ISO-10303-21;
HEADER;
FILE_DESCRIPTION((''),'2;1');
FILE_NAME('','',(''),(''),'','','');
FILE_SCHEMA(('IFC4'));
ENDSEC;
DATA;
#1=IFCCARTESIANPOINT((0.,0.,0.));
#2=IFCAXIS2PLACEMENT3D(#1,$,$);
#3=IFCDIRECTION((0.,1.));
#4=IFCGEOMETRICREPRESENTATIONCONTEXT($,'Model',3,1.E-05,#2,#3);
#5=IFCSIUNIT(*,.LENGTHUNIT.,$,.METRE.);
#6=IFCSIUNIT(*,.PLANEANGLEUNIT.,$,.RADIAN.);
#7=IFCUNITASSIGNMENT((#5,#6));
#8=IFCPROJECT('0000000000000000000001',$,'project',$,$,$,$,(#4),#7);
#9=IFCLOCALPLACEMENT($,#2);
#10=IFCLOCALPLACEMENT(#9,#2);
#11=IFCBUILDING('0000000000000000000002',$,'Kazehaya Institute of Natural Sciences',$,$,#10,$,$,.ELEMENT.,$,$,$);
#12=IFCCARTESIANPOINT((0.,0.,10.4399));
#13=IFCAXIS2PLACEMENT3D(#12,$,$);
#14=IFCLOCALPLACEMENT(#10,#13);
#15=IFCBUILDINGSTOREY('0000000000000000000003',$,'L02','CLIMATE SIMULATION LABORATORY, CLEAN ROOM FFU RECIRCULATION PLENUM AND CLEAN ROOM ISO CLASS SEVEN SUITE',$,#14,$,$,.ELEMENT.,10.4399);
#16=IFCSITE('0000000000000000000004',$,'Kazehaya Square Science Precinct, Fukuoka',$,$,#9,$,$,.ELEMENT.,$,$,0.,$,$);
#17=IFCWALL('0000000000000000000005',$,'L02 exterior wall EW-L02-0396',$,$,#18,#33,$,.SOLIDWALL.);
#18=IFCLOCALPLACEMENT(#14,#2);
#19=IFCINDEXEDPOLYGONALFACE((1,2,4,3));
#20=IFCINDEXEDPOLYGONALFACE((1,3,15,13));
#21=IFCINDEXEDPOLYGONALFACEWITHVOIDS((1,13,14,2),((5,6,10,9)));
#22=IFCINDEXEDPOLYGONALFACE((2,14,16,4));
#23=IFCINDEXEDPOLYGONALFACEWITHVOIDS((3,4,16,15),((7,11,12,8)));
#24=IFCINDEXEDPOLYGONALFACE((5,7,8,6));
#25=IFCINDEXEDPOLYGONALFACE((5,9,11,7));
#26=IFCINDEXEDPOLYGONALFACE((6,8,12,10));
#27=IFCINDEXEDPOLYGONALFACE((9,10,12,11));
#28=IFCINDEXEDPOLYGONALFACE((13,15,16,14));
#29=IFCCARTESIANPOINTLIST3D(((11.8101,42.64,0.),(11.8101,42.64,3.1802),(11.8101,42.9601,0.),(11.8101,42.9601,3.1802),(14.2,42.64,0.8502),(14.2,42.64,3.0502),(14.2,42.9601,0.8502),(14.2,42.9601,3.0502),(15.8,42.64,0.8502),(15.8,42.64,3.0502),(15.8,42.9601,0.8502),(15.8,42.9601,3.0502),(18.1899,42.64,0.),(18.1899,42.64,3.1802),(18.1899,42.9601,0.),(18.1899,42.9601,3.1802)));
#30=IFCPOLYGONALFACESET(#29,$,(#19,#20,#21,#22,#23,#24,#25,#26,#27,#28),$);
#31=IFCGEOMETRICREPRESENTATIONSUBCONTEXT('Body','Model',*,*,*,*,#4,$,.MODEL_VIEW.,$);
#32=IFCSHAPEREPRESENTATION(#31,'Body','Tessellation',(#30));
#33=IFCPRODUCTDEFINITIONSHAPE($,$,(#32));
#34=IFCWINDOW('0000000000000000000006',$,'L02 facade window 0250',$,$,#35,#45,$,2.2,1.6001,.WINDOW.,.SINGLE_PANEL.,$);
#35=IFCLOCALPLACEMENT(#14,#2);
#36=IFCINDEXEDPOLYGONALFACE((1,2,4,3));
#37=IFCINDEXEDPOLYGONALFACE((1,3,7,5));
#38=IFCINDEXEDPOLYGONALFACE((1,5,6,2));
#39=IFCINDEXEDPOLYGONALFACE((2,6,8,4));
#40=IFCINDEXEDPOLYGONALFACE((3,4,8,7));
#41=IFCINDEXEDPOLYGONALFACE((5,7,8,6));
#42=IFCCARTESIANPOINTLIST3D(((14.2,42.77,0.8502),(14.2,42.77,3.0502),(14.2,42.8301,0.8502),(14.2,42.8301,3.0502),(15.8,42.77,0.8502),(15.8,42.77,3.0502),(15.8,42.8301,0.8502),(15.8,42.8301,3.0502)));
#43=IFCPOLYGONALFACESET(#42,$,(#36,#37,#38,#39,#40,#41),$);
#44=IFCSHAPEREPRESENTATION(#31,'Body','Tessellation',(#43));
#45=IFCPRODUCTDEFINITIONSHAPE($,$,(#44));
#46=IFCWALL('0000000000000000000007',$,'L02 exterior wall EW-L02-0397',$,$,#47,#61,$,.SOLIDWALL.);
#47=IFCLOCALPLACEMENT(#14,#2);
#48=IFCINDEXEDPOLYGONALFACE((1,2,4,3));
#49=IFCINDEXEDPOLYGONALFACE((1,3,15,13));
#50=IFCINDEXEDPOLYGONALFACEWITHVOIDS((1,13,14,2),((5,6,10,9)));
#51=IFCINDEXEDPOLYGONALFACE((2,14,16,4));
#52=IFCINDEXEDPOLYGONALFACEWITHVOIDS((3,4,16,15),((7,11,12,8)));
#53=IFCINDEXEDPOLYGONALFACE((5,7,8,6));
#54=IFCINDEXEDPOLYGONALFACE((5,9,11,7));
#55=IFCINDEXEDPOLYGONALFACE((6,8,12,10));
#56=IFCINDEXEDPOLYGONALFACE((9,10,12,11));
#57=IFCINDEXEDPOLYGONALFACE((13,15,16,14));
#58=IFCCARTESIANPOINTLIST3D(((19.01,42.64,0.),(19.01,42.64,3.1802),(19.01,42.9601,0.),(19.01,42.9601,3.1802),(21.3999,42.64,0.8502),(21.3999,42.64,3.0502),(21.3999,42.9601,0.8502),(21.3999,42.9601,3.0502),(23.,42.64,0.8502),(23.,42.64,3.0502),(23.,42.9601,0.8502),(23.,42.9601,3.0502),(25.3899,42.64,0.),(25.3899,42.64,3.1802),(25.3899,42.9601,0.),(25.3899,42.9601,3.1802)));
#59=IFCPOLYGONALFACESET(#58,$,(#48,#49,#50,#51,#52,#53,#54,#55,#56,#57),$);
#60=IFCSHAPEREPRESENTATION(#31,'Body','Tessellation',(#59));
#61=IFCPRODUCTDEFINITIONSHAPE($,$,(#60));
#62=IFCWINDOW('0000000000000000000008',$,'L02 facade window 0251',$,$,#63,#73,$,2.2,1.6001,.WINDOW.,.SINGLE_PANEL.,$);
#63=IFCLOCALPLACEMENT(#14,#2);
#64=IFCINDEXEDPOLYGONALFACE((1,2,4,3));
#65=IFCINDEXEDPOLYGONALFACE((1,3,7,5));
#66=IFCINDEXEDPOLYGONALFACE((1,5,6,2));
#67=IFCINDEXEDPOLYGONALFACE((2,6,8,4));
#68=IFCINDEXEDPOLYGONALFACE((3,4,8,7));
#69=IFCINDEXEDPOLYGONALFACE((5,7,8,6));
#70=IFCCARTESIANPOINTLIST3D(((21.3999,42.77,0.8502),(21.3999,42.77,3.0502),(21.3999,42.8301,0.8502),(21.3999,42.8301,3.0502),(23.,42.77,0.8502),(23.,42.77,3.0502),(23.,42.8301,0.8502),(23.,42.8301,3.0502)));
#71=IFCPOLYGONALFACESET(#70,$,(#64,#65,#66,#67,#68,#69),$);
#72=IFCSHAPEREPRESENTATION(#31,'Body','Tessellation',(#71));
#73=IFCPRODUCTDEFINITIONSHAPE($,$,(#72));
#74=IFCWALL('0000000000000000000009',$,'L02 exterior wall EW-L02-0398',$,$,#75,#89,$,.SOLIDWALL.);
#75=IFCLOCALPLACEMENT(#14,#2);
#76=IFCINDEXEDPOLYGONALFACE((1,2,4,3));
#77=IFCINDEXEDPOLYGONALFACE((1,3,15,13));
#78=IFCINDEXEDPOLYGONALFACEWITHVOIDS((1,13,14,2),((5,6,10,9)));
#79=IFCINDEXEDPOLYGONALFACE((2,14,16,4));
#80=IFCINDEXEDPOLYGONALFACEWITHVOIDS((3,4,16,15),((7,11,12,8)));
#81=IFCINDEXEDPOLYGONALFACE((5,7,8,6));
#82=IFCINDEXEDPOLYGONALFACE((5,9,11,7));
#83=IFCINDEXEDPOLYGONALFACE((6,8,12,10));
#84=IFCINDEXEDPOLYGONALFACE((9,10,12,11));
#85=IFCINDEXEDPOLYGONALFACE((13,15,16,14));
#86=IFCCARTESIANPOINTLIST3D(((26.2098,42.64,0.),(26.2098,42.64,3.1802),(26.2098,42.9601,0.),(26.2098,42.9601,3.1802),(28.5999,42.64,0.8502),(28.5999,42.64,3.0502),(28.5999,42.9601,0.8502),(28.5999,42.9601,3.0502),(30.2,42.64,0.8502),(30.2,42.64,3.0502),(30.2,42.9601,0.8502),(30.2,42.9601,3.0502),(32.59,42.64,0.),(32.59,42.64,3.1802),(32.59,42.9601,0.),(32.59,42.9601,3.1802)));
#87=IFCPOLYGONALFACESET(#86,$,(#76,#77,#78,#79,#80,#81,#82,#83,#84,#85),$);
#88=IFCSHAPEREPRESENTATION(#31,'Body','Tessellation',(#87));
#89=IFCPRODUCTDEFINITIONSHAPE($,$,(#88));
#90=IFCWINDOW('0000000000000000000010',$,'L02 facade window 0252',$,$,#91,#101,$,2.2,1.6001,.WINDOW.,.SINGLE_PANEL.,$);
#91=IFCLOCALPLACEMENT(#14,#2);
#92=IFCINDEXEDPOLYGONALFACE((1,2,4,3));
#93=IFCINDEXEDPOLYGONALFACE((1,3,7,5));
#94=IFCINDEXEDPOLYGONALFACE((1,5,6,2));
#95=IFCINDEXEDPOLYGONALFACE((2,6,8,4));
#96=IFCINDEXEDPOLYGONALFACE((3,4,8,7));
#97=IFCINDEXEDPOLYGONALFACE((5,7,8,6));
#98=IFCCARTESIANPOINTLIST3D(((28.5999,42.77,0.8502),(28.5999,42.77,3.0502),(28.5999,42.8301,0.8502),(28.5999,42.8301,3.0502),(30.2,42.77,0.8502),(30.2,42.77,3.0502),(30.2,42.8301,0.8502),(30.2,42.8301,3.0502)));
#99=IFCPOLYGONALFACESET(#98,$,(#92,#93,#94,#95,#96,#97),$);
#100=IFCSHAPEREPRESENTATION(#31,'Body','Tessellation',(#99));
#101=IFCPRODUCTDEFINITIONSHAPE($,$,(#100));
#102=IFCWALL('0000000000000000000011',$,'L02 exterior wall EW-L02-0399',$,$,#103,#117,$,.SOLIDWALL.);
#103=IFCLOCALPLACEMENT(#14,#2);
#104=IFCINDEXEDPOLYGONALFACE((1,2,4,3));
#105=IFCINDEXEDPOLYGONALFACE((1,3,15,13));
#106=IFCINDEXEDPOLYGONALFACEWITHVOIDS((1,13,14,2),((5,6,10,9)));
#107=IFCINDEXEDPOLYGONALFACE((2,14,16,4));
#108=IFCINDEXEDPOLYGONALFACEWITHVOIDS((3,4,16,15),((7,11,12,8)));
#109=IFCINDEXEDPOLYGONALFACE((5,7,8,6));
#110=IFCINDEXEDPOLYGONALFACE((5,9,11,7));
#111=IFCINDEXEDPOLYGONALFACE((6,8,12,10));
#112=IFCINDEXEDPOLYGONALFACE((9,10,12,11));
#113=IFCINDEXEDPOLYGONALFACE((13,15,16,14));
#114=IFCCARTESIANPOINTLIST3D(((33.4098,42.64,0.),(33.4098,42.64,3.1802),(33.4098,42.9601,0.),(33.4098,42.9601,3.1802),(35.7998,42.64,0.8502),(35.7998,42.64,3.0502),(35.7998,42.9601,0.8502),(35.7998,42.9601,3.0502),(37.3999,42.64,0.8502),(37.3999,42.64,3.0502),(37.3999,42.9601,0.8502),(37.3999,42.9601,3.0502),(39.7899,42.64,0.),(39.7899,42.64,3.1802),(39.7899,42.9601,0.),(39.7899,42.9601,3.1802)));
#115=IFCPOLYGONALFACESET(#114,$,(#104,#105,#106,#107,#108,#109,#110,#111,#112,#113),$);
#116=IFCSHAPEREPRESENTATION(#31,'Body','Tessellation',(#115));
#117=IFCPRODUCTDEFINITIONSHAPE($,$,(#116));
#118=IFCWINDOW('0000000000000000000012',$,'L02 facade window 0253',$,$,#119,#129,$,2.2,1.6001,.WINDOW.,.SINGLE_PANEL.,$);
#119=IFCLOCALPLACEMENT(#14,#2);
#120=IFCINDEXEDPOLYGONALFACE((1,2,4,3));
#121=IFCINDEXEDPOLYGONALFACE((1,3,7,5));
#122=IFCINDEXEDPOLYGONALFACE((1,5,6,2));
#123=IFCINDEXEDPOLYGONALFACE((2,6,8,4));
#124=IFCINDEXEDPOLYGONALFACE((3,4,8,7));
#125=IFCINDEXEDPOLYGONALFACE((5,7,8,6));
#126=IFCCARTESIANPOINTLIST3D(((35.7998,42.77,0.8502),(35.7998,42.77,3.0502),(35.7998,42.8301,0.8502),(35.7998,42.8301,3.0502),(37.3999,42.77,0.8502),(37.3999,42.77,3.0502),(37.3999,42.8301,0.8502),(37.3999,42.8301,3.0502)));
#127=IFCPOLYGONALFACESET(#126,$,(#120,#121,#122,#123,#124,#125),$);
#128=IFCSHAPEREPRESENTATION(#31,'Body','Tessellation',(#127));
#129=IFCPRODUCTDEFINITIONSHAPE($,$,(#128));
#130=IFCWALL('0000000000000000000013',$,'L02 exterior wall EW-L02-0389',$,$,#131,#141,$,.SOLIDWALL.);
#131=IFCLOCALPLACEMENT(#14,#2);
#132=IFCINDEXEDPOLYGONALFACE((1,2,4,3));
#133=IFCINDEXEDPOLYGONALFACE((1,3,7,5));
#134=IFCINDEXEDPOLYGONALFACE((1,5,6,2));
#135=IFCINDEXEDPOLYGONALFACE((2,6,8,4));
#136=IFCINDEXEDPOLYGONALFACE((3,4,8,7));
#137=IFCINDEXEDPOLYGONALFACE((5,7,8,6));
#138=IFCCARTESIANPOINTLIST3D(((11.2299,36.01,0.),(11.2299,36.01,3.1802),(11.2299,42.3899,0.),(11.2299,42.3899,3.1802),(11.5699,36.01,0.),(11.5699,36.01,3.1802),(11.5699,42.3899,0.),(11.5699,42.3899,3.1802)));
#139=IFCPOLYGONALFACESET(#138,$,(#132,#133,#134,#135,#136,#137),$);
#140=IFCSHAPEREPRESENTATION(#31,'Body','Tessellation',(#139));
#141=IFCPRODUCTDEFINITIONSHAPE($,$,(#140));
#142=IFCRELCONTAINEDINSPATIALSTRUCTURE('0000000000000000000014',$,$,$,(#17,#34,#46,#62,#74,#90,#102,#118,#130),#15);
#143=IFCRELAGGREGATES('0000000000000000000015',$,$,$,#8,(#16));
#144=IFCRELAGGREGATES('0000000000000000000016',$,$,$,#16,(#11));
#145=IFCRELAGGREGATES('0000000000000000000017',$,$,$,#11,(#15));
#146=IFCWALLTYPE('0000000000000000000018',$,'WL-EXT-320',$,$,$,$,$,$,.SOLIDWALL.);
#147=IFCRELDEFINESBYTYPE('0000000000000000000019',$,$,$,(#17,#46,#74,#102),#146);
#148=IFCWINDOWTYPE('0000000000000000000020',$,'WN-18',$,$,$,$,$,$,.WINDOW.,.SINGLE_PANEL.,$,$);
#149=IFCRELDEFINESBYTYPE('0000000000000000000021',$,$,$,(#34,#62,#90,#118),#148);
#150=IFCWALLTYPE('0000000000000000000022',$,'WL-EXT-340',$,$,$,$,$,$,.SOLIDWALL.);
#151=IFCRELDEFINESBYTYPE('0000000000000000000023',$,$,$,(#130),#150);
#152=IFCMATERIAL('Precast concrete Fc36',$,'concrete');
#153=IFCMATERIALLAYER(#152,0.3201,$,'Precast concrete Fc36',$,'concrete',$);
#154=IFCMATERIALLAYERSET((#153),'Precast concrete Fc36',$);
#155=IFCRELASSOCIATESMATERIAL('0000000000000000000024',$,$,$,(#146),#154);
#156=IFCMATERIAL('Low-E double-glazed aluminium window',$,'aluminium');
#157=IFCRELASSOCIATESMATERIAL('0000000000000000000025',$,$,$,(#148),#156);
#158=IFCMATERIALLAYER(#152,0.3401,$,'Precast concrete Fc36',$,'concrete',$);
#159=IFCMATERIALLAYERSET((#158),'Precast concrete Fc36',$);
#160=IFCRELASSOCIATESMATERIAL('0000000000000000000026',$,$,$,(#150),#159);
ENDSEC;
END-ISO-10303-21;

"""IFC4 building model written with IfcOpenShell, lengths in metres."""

from ifc_helpers import new_model, si_unit, direction, frame, frame_2d, origin, place, context, subcontext, project, spatial, rectangle, extrude, material, layer, layer_set, type_object, element, fill, save


model = new_model("IFC4")

# Units and contexts
model_context = context("Model", 3, precision=1e-05, world=origin(), true_north=direction((0.0, 1.0)))
body_context = subcontext(model_context, "Body", "Model", "MODEL_VIEW")
ifc_project = project(units=[si_unit("LENGTHUNIT", "METRE"), si_unit("PLANEANGLEUNIT", "RADIAN")], contexts=[model_context])

# Site, building, storey
site_placement = place(None, origin())
site = spatial("IfcSite", under=ifc_project, at=site_placement, Name="Kazehaya Square Science Precinct, Fukuoka", CompositionType="ELEMENT", RefElevation=0.0)
building_placement = place(site_placement, origin())
building = spatial("IfcBuilding", under=site, at=building_placement, Name="Kazehaya Institute of Natural Sciences", CompositionType="ELEMENT")
storey_placement = place(building_placement, frame((0.0, 0.0, 10.4399)))
storey = spatial("IfcBuildingStorey", under=building, at=storey_placement, Name="L02", Description="CLIMATE SIMULATION LABORATORY, CLEAN ROOM FFU RECIRCULATION PLENUM AND CLEAN ROOM ISO CLASS SEVEN SUITE", CompositionType="ELEMENT", Elevation=10.4399)

# Walls, openings, windows
ifc_material_1 = material(Name="Precast concrete Fc36", Category="concrete")
ifc_layer_1 = layer(ifc_material_1, 0.3201, Name="Precast concrete Fc36", Category="concrete")
ifc_layer_set_1 = layer_set([ifc_layer_1], Name="Precast concrete Fc36")
wall_type_1 = type_object("IfcWallType", Name="WL-EXT-320", PredefinedType="SOLIDWALL", material=ifc_layer_set_1)
wall_1_placement = place(storey_placement, frame((11.8101, 42.8, 0.0), z_axis=(0.0, 0.0, 1.0), x_axis=(1.0, 0.0, 0.0)))
wall_1 = element("IfcWall", 1, at=wall_1_placement, inside=storey, type_object=wall_type_1, Name="L02 exterior wall EW-L02-0396", PredefinedType="SOLIDWALL", context=body_context, shape_type="SweptSolid", body=[
    extrude(rectangle(XDim=6.3799, YDim=0.3201, at=frame_2d((3.1899, 0.0))), origin(), (0.0, 0.0, 1.0), 3.1802),
])
opening_1_placement = place(wall_1_placement, frame((2.3899, 0.0, 0.8501)))
opening_1 = element("IfcOpeningElement", 2, at=opening_1_placement, cuts=wall_1, PredefinedType="OPENING", context=body_context, shape_type="SweptSolid", body=[
    extrude(rectangle(XDim=1.6001, YDim=2.2, at=frame_2d((0.8, 1.1001))), frame((0.0, 0.1699, 0.0), z_axis=(0.0, -1.0, 0.0), x_axis=(1.0, 0.0, 0.0)), (0.0, 0.0, 1.0), 0.3401),
])
ifc_material_2 = material(Name="Low-E double-glazed aluminium window", Category="aluminium")
window_type = type_object("IfcWindowType", Name="WN-18", PartitioningType="SINGLE_PANEL", PredefinedType="WINDOW", material=ifc_material_2)
window_1_placement = place(opening_1_placement, origin())
window_1 = element("IfcWindow", 3, at=window_1_placement, inside=storey, type_object=window_type, Name="L02 facade window 0250", OverallHeight=2.2, OverallWidth=1.6001, PartitioningType="SINGLE_PANEL", PredefinedType="WINDOW", context=body_context, shape_type="SweptSolid", body=[
    extrude(rectangle(XDim=1.6001, YDim=2.2, at=frame_2d((0.8, 1.1001))), frame((0.0, 0.03, 0.0), z_axis=(0.0, -1.0, 0.0), x_axis=(1.0, 0.0, 0.0)), (0.0, 0.0, 1.0), 0.0601),
])
fill(opening_1, window_1)
wall_2_placement = place(storey_placement, frame((19.01, 42.8, 0.0), z_axis=(0.0, 0.0, 1.0), x_axis=(1.0, 0.0, 0.0)))
wall_2 = element("IfcWall", 4, at=wall_2_placement, inside=storey, type_object=wall_type_1, Name="L02 exterior wall EW-L02-0397", PredefinedType="SOLIDWALL", context=body_context, shape_type="SweptSolid", body=[
    extrude(rectangle(XDim=6.3799, YDim=0.3201, at=frame_2d((3.1899, 0.0))), origin(), (0.0, 0.0, 1.0), 3.1802),
])
opening_2_placement = place(wall_2_placement, frame((2.3899, 0.0, 0.8501)))
opening_2 = element("IfcOpeningElement", 5, at=opening_2_placement, cuts=wall_2, PredefinedType="OPENING", context=body_context, shape_type="SweptSolid", body=[
    extrude(rectangle(XDim=1.6001, YDim=2.2, at=frame_2d((0.8, 1.1001))), frame((0.0, 0.1699, 0.0), z_axis=(0.0, -1.0, 0.0), x_axis=(1.0, 0.0, 0.0)), (0.0, 0.0, 1.0), 0.3401),
])
window_2_placement = place(opening_2_placement, origin())
window_2 = element("IfcWindow", 6, at=window_2_placement, inside=storey, type_object=window_type, Name="L02 facade window 0251", OverallHeight=2.2, OverallWidth=1.6001, PartitioningType="SINGLE_PANEL", PredefinedType="WINDOW", context=body_context, shape_type="SweptSolid", body=[
    extrude(rectangle(XDim=1.6001, YDim=2.2, at=frame_2d((0.8, 1.1001))), frame((0.0, 0.03, 0.0), z_axis=(0.0, -1.0, 0.0), x_axis=(1.0, 0.0, 0.0)), (0.0, 0.0, 1.0), 0.0601),
])
fill(opening_2, window_2)
wall_3_placement = place(storey_placement, frame((26.21, 42.8, 0.0), z_axis=(0.0, 0.0, 1.0), x_axis=(1.0, 0.0, 0.0)))
wall_3 = element("IfcWall", 7, at=wall_3_placement, inside=storey, type_object=wall_type_1, Name="L02 exterior wall EW-L02-0398", PredefinedType="SOLIDWALL", context=body_context, shape_type="SweptSolid", body=[
    extrude(rectangle(XDim=6.3801, YDim=0.3201, at=frame_2d((3.1899, 0.0))), origin(), (0.0, 0.0, 1.0), 3.1802),
])
opening_3_placement = place(wall_3_placement, frame((2.3899, 0.0, 0.8501)))
opening_3 = element("IfcOpeningElement", 8, at=opening_3_placement, cuts=wall_3, PredefinedType="OPENING", context=body_context, shape_type="SweptSolid", body=[
    extrude(rectangle(XDim=1.6001, YDim=2.2, at=frame_2d((0.8, 1.1001))), frame((0.0, 0.1699, 0.0), z_axis=(0.0, -1.0, 0.0), x_axis=(1.0, 0.0, 0.0)), (0.0, 0.0, 1.0), 0.3401),
])
window_3_placement = place(opening_3_placement, origin())
window_3 = element("IfcWindow", 9, at=window_3_placement, inside=storey, type_object=window_type, Name="L02 facade window 0252", OverallHeight=2.2, OverallWidth=1.6001, PartitioningType="SINGLE_PANEL", PredefinedType="WINDOW", context=body_context, shape_type="SweptSolid", body=[
    extrude(rectangle(XDim=1.6001, YDim=2.2, at=frame_2d((0.8, 1.1001))), frame((0.0, 0.03, 0.0), z_axis=(0.0, -1.0, 0.0), x_axis=(1.0, 0.0, 0.0)), (0.0, 0.0, 1.0), 0.0601),
])
fill(opening_3, window_3)
wall_4_placement = place(storey_placement, frame((33.4099, 42.8, 0.0), z_axis=(0.0, 0.0, 1.0), x_axis=(1.0, 0.0, 0.0)))
wall_4 = element("IfcWall", 10, at=wall_4_placement, inside=storey, type_object=wall_type_1, Name="L02 exterior wall EW-L02-0399", PredefinedType="SOLIDWALL", context=body_context, shape_type="SweptSolid", body=[
    extrude(rectangle(XDim=6.3801, YDim=0.3201, at=frame_2d((3.1899, 0.0))), origin(), (0.0, 0.0, 1.0), 3.1802),
])
opening_4_placement = place(wall_4_placement, frame((2.3899, 0.0, 0.8501)))
opening_4 = element("IfcOpeningElement", 11, at=opening_4_placement, cuts=wall_4, PredefinedType="OPENING", context=body_context, shape_type="SweptSolid", body=[
    extrude(rectangle(XDim=1.6001, YDim=2.2, at=frame_2d((0.8, 1.1001))), frame((0.0, 0.1699, 0.0), z_axis=(0.0, -1.0, 0.0), x_axis=(1.0, 0.0, 0.0)), (0.0, 0.0, 1.0), 0.3401),
])
window_4_placement = place(opening_4_placement, origin())
window_4 = element("IfcWindow", 12, at=window_4_placement, inside=storey, type_object=window_type, Name="L02 facade window 0253", OverallHeight=2.2, OverallWidth=1.6001, PartitioningType="SINGLE_PANEL", PredefinedType="WINDOW", context=body_context, shape_type="SweptSolid", body=[
    extrude(rectangle(XDim=1.6001, YDim=2.2, at=frame_2d((0.8, 1.1001))), frame((0.0, 0.03, 0.0), z_axis=(0.0, -1.0, 0.0), x_axis=(1.0, 0.0, 0.0)), (0.0, 0.0, 1.0), 0.0601),
])
fill(opening_4, window_4)

# Wall
ifc_layer_2 = layer(ifc_material_1, 0.3401, Name="Precast concrete Fc36", Category="concrete")
ifc_layer_set_2 = layer_set([ifc_layer_2], Name="Precast concrete Fc36")
wall_type_2 = type_object("IfcWallType", Name="WL-EXT-340", PredefinedType="SOLIDWALL", material=ifc_layer_set_2)
wall_5_placement = place(storey_placement, frame((11.3999, 36.01, 0.0), z_axis=(0.0, 0.0, 1.0), x_axis=(0.0, 1.0, 0.0)))
element("IfcWall", 13, at=wall_5_placement, inside=storey, type_object=wall_type_2, Name="L02 exterior wall EW-L02-0389", PredefinedType="SOLIDWALL", context=body_context, shape_type="SweptSolid", body=[
    extrude(rectangle(XDim=6.3799, YDim=0.3401, at=frame_2d((3.1899, 0.0))), origin(), (0.0, 0.0, 1.0), 3.1802),
])

save(model, "model.ifc")
